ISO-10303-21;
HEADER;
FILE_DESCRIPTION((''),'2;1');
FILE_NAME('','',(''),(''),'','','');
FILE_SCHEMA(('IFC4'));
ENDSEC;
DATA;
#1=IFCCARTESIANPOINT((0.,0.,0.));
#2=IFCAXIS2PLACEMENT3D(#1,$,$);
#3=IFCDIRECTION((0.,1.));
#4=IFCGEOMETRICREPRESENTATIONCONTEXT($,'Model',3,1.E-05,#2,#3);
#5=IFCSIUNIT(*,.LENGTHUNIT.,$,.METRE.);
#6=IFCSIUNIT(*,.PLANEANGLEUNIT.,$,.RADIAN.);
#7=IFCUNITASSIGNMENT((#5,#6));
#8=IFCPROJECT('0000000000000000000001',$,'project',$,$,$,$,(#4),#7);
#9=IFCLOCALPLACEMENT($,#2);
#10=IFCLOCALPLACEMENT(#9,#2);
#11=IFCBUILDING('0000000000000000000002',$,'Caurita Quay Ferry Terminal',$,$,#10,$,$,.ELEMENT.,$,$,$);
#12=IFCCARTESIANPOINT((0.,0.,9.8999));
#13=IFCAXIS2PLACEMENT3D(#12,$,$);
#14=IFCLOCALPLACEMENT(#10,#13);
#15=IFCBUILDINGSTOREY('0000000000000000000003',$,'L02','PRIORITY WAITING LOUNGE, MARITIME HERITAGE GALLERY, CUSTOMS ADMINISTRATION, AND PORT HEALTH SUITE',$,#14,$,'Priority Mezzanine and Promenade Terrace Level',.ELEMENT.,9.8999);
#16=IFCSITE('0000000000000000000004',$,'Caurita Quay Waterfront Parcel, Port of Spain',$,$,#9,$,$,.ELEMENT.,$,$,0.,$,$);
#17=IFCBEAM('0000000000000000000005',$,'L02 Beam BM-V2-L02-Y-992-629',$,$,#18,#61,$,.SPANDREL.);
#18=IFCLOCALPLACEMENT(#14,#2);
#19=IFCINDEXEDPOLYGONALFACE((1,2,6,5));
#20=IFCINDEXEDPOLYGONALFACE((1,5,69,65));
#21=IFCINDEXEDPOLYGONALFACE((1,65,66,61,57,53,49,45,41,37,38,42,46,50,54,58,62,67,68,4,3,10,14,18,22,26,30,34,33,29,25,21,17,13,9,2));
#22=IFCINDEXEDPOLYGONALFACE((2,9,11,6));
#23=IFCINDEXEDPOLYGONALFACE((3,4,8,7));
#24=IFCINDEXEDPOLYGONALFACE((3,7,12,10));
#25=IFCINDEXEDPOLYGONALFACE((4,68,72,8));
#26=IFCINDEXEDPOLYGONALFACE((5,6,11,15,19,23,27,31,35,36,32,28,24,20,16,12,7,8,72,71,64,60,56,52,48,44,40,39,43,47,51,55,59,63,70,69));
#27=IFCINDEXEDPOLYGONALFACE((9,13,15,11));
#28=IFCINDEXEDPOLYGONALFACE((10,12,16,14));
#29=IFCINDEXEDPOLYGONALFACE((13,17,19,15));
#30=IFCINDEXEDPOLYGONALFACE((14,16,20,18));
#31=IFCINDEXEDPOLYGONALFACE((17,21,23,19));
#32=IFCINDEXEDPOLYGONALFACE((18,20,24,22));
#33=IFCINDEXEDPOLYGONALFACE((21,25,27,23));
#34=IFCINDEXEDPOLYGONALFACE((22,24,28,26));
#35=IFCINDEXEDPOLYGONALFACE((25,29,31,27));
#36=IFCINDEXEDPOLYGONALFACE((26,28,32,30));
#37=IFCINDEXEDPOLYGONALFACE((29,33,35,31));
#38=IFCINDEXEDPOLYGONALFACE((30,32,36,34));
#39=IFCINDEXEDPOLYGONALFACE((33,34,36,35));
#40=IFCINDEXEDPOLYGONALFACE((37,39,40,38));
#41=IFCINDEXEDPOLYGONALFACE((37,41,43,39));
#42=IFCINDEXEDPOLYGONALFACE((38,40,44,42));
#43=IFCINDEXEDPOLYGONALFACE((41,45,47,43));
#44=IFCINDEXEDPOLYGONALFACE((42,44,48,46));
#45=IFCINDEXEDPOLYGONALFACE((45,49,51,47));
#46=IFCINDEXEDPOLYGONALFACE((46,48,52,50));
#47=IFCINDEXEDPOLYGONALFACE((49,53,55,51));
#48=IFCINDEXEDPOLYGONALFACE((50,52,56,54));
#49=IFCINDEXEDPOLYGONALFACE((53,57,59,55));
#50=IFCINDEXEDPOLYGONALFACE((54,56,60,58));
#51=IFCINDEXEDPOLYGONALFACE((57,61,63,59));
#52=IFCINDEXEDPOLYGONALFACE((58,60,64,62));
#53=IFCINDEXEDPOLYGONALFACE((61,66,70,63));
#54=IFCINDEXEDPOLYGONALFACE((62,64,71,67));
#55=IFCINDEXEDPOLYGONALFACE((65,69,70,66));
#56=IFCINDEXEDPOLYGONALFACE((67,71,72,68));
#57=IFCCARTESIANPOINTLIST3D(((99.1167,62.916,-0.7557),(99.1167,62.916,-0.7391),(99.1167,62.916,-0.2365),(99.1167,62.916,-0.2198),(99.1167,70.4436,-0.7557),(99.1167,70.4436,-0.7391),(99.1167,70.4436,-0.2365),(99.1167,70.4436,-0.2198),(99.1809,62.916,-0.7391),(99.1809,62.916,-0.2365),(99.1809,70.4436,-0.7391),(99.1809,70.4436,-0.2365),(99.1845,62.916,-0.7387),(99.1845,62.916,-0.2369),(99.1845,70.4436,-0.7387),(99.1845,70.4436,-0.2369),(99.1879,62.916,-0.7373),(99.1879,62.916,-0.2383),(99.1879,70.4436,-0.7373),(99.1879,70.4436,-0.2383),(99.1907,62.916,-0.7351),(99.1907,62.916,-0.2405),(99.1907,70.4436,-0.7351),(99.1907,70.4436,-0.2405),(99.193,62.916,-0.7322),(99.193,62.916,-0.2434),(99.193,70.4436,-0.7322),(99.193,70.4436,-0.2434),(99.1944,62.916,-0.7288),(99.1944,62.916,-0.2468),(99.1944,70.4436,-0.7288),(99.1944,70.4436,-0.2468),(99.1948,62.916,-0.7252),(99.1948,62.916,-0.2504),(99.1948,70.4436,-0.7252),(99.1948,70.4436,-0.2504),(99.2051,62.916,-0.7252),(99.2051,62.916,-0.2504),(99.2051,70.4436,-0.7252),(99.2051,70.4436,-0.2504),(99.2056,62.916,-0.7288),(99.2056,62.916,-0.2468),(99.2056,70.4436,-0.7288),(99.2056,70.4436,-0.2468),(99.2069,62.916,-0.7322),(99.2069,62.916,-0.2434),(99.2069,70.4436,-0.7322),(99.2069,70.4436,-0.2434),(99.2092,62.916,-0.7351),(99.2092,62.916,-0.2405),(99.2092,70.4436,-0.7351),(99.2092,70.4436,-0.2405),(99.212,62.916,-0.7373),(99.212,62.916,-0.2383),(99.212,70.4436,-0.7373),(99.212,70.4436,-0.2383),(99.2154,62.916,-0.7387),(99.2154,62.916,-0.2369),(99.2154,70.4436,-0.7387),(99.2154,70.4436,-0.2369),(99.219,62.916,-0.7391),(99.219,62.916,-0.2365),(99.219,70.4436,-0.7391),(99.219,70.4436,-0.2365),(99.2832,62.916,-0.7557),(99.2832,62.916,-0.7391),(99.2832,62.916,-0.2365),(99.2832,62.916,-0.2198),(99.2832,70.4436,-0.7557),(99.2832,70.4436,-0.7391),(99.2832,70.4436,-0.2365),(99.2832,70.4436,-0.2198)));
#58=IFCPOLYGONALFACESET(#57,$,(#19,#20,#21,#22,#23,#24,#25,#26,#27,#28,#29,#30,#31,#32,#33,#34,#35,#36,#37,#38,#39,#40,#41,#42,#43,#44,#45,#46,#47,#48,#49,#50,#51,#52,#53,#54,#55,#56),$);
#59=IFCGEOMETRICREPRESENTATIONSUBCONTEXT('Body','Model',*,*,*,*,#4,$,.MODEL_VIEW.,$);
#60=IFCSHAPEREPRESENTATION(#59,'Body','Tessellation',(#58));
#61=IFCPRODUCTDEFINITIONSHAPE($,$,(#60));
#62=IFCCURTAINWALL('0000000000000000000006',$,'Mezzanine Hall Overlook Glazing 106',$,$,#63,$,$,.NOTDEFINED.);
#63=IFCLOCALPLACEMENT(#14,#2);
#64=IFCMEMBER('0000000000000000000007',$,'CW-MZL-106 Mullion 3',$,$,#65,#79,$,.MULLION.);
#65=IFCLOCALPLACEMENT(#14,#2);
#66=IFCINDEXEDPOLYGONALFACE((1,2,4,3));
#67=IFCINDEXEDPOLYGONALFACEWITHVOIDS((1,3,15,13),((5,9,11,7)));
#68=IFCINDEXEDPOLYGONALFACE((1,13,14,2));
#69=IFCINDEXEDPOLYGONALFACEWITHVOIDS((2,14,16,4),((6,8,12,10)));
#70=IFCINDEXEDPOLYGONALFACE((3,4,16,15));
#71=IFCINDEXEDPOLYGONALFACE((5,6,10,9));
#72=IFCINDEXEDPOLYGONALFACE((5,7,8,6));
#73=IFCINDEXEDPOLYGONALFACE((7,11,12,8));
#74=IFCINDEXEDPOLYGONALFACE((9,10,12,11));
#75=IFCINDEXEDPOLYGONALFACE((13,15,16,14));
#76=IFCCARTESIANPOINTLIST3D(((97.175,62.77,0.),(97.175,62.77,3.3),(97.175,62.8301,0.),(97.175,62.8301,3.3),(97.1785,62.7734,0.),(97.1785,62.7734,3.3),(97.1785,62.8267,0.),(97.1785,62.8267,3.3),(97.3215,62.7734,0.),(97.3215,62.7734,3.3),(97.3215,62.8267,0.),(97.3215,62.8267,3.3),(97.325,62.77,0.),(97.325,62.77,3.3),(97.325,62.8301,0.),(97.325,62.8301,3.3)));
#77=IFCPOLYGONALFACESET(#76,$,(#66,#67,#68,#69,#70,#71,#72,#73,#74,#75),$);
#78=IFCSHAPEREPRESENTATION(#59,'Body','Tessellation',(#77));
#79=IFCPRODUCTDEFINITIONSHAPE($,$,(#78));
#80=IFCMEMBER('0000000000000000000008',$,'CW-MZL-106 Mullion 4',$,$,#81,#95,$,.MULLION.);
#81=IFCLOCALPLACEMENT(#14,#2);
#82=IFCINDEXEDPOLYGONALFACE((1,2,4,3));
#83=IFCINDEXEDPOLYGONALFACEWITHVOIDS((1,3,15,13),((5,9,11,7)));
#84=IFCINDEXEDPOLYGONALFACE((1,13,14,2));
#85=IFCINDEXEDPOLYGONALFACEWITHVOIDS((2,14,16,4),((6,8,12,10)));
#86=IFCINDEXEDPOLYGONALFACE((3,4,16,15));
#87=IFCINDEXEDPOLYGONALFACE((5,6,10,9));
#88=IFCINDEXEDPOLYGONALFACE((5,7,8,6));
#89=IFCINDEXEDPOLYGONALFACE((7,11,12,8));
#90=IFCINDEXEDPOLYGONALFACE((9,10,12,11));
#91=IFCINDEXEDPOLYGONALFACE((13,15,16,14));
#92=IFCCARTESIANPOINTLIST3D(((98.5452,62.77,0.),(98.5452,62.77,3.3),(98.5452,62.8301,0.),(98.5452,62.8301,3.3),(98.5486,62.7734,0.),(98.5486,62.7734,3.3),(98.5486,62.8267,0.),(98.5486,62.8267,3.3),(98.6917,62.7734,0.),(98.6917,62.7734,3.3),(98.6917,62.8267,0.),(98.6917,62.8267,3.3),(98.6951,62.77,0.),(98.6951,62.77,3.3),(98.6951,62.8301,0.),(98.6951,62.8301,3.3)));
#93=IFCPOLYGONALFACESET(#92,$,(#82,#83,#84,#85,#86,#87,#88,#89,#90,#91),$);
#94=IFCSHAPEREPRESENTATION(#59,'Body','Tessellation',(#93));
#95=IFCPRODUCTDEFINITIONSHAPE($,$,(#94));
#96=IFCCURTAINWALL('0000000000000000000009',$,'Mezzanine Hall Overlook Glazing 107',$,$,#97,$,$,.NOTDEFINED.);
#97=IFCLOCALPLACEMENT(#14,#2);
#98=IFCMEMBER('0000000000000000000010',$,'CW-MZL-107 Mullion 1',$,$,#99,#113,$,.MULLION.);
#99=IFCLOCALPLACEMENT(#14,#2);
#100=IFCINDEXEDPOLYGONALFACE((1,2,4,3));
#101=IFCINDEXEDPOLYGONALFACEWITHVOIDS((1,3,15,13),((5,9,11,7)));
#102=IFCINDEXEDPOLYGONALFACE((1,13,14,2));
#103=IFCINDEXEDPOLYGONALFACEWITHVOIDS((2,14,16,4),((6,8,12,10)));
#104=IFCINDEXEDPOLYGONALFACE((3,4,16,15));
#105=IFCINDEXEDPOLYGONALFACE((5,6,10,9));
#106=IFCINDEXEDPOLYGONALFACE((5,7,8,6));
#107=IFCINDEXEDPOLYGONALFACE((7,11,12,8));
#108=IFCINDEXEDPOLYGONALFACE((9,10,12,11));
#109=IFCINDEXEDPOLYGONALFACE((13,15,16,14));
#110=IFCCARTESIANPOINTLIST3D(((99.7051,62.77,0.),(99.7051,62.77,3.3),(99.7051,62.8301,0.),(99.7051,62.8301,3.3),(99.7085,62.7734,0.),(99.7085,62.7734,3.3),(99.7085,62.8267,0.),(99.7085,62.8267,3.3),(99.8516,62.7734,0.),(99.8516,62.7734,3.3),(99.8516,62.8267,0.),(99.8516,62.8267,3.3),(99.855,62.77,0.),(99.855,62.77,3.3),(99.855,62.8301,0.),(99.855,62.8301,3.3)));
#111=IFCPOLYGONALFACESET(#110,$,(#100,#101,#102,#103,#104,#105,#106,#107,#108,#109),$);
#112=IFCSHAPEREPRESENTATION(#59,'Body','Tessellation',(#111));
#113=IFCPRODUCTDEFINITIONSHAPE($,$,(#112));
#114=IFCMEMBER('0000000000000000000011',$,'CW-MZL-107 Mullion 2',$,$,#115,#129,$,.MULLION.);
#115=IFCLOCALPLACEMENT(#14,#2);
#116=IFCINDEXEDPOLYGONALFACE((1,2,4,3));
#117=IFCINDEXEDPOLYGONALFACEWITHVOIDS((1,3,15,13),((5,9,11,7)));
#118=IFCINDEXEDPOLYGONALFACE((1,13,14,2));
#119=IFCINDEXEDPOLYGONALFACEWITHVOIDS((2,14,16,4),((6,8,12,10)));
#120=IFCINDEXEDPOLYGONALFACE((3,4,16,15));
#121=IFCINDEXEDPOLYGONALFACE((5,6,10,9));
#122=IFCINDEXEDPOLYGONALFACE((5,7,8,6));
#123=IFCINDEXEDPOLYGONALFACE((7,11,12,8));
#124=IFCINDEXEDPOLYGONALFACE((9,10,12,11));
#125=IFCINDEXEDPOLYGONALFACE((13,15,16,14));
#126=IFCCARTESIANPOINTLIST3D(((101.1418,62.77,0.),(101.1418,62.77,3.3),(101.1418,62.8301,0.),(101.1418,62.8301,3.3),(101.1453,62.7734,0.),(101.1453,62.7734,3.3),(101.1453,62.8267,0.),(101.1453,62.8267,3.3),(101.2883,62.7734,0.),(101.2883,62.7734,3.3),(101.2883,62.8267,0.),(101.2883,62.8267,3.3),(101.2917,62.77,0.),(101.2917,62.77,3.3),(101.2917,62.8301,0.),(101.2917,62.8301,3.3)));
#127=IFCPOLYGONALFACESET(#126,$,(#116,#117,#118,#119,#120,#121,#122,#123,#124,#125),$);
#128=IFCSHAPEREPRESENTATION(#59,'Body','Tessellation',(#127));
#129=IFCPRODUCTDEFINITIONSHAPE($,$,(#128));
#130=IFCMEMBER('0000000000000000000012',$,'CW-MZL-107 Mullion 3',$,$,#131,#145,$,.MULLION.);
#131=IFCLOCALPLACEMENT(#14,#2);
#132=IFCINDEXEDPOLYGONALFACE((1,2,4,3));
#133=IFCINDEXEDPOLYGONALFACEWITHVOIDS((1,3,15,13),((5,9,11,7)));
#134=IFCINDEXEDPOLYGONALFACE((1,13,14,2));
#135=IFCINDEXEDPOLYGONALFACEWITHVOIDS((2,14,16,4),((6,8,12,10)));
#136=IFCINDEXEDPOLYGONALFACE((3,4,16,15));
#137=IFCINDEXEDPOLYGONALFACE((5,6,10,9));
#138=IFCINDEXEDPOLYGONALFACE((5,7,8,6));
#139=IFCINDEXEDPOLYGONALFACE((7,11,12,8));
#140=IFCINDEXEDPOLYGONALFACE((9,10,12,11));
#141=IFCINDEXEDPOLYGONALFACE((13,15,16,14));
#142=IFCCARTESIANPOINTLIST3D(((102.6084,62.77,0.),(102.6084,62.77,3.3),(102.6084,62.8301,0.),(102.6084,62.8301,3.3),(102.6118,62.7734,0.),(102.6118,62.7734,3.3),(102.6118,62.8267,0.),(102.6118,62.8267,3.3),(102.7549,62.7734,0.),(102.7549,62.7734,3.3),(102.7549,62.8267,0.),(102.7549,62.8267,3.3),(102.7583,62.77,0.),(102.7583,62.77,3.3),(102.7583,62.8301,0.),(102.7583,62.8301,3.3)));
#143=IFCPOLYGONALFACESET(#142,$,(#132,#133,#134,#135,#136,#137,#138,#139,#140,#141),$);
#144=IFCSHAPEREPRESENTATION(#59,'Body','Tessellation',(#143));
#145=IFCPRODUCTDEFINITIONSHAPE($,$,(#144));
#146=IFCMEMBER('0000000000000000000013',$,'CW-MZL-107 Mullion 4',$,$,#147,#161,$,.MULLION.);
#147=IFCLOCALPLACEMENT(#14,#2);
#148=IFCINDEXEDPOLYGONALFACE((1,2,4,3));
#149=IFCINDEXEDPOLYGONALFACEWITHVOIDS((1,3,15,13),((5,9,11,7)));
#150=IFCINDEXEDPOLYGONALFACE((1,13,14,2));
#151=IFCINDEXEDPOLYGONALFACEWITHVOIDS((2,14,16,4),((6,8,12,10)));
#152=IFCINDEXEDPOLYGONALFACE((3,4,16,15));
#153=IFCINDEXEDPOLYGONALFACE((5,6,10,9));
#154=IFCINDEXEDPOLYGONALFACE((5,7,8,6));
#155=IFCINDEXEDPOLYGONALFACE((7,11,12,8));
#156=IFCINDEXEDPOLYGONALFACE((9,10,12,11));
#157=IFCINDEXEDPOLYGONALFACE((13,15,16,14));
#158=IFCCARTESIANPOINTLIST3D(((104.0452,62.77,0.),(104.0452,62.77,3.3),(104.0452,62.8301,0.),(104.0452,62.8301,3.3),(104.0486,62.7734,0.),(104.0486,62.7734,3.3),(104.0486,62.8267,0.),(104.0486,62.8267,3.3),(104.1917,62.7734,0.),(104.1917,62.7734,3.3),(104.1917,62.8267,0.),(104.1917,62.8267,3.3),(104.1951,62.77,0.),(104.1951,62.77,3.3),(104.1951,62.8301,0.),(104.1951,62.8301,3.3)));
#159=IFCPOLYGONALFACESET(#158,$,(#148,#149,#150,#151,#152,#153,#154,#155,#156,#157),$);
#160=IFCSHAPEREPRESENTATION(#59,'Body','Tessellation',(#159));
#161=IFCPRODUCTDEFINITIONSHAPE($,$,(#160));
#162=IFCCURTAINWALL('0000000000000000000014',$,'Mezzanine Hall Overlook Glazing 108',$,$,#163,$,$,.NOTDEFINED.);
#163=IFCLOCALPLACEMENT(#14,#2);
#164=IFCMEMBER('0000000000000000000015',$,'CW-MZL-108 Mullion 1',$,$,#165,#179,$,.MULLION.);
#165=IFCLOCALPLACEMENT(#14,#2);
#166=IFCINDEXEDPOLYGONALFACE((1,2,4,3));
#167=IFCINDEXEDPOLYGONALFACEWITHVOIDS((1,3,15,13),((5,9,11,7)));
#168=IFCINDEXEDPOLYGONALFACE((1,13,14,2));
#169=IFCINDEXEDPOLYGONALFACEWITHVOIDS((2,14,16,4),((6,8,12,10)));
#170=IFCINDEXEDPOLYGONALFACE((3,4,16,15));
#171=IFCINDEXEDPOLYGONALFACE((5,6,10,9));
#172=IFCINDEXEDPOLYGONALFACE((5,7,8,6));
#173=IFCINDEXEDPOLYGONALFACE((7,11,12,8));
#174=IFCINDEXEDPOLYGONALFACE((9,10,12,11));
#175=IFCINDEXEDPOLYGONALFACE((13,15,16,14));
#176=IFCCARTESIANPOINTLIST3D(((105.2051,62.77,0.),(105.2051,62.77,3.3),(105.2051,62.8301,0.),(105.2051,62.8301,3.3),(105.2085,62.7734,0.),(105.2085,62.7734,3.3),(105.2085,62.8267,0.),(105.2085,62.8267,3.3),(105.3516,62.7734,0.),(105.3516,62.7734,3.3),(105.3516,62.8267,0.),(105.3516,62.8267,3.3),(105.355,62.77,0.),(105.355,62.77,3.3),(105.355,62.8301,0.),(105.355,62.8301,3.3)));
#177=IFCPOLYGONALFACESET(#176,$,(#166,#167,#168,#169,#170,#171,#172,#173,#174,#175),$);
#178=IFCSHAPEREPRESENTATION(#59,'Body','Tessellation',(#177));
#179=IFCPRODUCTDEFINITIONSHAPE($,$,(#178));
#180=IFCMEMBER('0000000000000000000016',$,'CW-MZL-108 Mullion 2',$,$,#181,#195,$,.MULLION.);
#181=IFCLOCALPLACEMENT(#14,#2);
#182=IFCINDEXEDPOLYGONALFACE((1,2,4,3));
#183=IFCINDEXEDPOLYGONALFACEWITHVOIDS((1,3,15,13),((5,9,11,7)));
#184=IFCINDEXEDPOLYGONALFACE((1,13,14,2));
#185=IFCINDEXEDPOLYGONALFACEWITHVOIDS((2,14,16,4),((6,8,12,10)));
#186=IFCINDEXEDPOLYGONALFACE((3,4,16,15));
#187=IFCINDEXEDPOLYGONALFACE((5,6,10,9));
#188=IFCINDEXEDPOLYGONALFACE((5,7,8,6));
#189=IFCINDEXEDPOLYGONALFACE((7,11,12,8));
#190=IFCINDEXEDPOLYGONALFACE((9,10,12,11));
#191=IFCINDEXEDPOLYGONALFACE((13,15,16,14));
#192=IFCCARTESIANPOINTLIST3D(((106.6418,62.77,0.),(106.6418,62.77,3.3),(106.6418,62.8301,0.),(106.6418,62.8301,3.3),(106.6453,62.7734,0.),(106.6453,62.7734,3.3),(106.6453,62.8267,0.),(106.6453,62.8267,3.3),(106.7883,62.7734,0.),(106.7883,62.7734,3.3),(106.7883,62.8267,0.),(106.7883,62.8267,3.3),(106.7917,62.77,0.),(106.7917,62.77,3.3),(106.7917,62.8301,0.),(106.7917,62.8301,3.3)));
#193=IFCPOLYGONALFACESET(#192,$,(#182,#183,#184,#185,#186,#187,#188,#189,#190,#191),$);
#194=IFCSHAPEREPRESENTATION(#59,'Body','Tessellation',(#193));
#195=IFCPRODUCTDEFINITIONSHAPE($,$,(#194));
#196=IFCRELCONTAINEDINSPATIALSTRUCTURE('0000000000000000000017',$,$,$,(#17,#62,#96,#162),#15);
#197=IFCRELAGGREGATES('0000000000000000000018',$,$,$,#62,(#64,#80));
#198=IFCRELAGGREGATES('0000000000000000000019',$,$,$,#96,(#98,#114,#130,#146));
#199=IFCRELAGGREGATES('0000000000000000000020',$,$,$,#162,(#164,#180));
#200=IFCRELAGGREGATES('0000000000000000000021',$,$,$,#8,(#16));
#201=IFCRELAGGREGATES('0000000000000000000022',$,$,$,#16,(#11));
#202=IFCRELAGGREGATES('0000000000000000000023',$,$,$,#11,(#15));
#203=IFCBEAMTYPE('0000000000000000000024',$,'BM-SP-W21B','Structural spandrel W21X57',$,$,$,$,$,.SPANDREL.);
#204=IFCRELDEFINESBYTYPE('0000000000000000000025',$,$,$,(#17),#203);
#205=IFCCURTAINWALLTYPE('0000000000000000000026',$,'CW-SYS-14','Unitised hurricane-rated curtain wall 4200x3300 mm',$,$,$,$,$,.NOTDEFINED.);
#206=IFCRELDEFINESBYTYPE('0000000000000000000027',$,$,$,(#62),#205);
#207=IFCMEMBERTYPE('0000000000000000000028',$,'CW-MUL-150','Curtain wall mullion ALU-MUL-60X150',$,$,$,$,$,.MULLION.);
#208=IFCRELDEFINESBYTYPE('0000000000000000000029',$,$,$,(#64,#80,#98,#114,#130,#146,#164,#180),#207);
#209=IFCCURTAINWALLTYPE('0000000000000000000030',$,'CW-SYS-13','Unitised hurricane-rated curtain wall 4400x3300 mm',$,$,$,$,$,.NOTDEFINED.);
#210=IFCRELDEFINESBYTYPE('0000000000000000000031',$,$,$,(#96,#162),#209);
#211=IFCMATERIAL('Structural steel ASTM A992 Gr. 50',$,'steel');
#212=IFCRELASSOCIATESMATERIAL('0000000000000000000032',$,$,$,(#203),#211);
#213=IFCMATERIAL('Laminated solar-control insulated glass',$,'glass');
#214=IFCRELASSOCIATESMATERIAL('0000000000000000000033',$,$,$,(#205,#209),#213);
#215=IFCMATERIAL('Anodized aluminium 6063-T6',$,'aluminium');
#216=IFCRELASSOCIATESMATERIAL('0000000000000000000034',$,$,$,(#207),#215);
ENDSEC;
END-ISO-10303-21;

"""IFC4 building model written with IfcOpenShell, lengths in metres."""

from ifc_helpers import new_model, si_unit, direction, frame, origin, origin_2d, place, context, subcontext, project, spatial, hollow_rectangle, i_section, extrude, material, material_profile, profile_set, type_object, element, aggregate, save


model = new_model("IFC4")

# Units and contexts
model_context = context("Model", 3, precision=1e-05, world=origin(), true_north=direction((0.0, 1.0)))
body_context = subcontext(model_context, "Body", "Model", "MODEL_VIEW")
ifc_project = project(units=[si_unit("LENGTHUNIT", "METRE"), si_unit("PLANEANGLEUNIT", "RADIAN")], contexts=[model_context])

# Site, building, storey
site_placement = place(None, origin())
site = spatial("IfcSite", under=ifc_project, at=site_placement, Name="Caurita Quay Waterfront Parcel, Port of Spain", CompositionType="ELEMENT", RefElevation=0.0)
building_placement = place(site_placement, origin())
building = spatial("IfcBuilding", under=site, at=building_placement, Name="Caurita Quay Ferry Terminal", CompositionType="ELEMENT")
storey_placement = place(building_placement, frame((0.0, 0.0, 9.8999)))
storey = spatial("IfcBuildingStorey", under=building, at=storey_placement, Name="L02", Description="PRIORITY WAITING LOUNGE, MARITIME HERITAGE GALLERY, CUSTOMS ADMINISTRATION, AND PORT HEALTH SUITE", LongName="Priority Mezzanine and Promenade Terrace Level", CompositionType="ELEMENT", Elevation=9.8999)

# Beam
ifc_material_1 = material(Name="Structural steel ASTM A992 Gr. 50", Category="steel")
ifc_material_profile_1 = material_profile(ifc_material_1, i_section(OverallWidth=0.1665, OverallDepth=0.5359, WebThickness=0.0103, FlangeThickness=0.0166, FilletRadius=0.0139, at=origin_2d()), Name="W21X57")
ifc_profile_set_1 = profile_set([ifc_material_profile_1], Name="Structural steel ASTM A992 Gr. 50")
beam_type = type_object("IfcBeamType", Name="BM-SP-W21B", Description="Structural spandrel W21X57", PredefinedType="SPANDREL", material=ifc_profile_set_1)
beam_placement = place(storey_placement, frame((99.2, 62.916, -0.4878), z_axis=(0.0, 1.0, 0.0), x_axis=(-1.0, 0.0, 0.0)))
element("IfcBeam", 1, at=beam_placement, inside=storey, type_object=beam_type, Name="L02 Beam BM-V2-L02-Y-992-629", PredefinedType="SPANDREL", context=body_context, shape_type="SweptSolid", body=[
    extrude(i_section(OverallWidth=0.1665, OverallDepth=0.5359, WebThickness=0.0103, FlangeThickness=0.0166, FilletRadius=0.0139, at=origin_2d()), origin(), (0.0, 0.0, 1.0), 7.5276),
])

# Curtain walls, members
ifc_material_2 = material(Name="Laminated solar-control insulated glass", Category="glass")
curtain_wall_type_1 = type_object("IfcCurtainWallType", Name="CW-SYS-14", Description="Unitised hurricane-rated curtain wall 4200x3300 mm", PredefinedType="NOTDEFINED", material=ifc_material_2)
curtain_wall_1_placement = place(storey_placement, origin())
curtain_wall_1 = element("IfcCurtainWall", 2, at=curtain_wall_1_placement, inside=storey, type_object=curtain_wall_type_1, Name="Mezzanine Hall Overlook Glazing 106", PredefinedType="NOTDEFINED")
ifc_material_3 = material(Name="Anodized aluminium 6063-T6", Category="aluminium")
ifc_material_profile_2 = material_profile(ifc_material_3, hollow_rectangle(XDim=0.0601, YDim=0.1499, WallThickness=0.0034, at=origin_2d()), Name="ALU-MUL-60X150")
ifc_profile_set_2 = profile_set([ifc_material_profile_2], Name="Anodized aluminium 6063-T6")
member_type_1 = type_object("IfcMemberType", Name="CW-MUL-150", Description="Curtain wall mullion ALU-MUL-60X150", PredefinedType="MULLION", material=ifc_profile_set_2)
member_1_placement = place(storey_placement, frame((97.25, 62.8, 0.0), z_axis=(0.0, 0.0, 1.0), x_axis=(0.0, 1.0, 0.0)))
member_1 = element("IfcMember", 3, at=member_1_placement, type_object=member_type_1, Name="CW-MZL-106 Mullion 3", PredefinedType="MULLION", context=body_context, shape_type="SweptSolid", body=[
    extrude(hollow_rectangle(XDim=0.0601, YDim=0.1499, WallThickness=0.0034, at=origin_2d()), origin(), (0.0, 0.0, 1.0), 3.3),
])
member_2_placement = place(storey_placement, frame((98.6201, 62.8, 0.0), z_axis=(0.0, 0.0, 1.0), x_axis=(0.0, 1.0, 0.0)))
member_2 = element("IfcMember", 4, at=member_2_placement, type_object=member_type_1, Name="CW-MZL-106 Mullion 4", PredefinedType="MULLION", context=body_context, shape_type="SweptSolid", body=[
    extrude(hollow_rectangle(XDim=0.0601, YDim=0.1499, WallThickness=0.0034, at=origin_2d()), origin(), (0.0, 0.0, 1.0), 3.3),
])
curtain_wall_type_2 = type_object("IfcCurtainWallType", Name="CW-SYS-13", Description="Unitised hurricane-rated curtain wall 4400x3300 mm", PredefinedType="NOTDEFINED", material=ifc_material_2)
curtain_wall_2_placement = place(storey_placement, origin())
curtain_wall_2 = element("IfcCurtainWall", 5, at=curtain_wall_2_placement, inside=storey, type_object=curtain_wall_type_2, Name="Mezzanine Hall Overlook Glazing 107", PredefinedType="NOTDEFINED")
member_3_placement = place(storey_placement, frame((99.78, 62.8, 0.0), z_axis=(0.0, 0.0, 1.0), x_axis=(0.0, 1.0, 0.0)))
member_3 = element("IfcMember", 6, at=member_3_placement, type_object=member_type_1, Name="CW-MZL-107 Mullion 1", PredefinedType="MULLION", context=body_context, shape_type="SweptSolid", body=[
    extrude(hollow_rectangle(XDim=0.0601, YDim=0.1499, WallThickness=0.0034, at=origin_2d()), origin(), (0.0, 0.0, 1.0), 3.3),
])
member_4_placement = place(storey_placement, frame((101.2168, 62.8, 0.0), z_axis=(0.0, 0.0, 1.0), x_axis=(0.0, 1.0, 0.0)))
member_4 = element("IfcMember", 7, at=member_4_placement, type_object=member_type_1, Name="CW-MZL-107 Mullion 2", PredefinedType="MULLION", context=body_context, shape_type="SweptSolid", body=[
    extrude(hollow_rectangle(XDim=0.0601, YDim=0.1499, WallThickness=0.0034, at=origin_2d()), origin(), (0.0, 0.0, 1.0), 3.3),
])
member_5_placement = place(storey_placement, frame((102.6833, 62.8, 0.0), z_axis=(0.0, 0.0, 1.0), x_axis=(0.0, 1.0, 0.0)))
member_5 = element("IfcMember", 8, at=member_5_placement, type_object=member_type_1, Name="CW-MZL-107 Mullion 3", PredefinedType="MULLION", context=body_context, shape_type="SweptSolid", body=[
    extrude(hollow_rectangle(XDim=0.0601, YDim=0.1499, WallThickness=0.0034, at=origin_2d()), origin(), (0.0, 0.0, 1.0), 3.3),
])
member_6_placement = place(storey_placement, frame((104.1201, 62.8, 0.0), z_axis=(0.0, 0.0, 1.0), x_axis=(0.0, 1.0, 0.0)))
member_6 = element("IfcMember", 9, at=member_6_placement, type_object=member_type_1, Name="CW-MZL-107 Mullion 4", PredefinedType="MULLION", context=body_context, shape_type="SweptSolid", body=[
    extrude(hollow_rectangle(XDim=0.0601, YDim=0.1499, WallThickness=0.0034, at=origin_2d()), origin(), (0.0, 0.0, 1.0), 3.3),
])
curtain_wall_3_placement = place(storey_placement, origin())
curtain_wall_3 = element("IfcCurtainWall", 10, at=curtain_wall_3_placement, inside=storey, type_object=curtain_wall_type_2, Name="Mezzanine Hall Overlook Glazing 108", PredefinedType="NOTDEFINED")
member_7_placement = place(storey_placement, frame((105.28, 62.8, 0.0), z_axis=(0.0, 0.0, 1.0), x_axis=(0.0, 1.0, 0.0)))
member_7 = element("IfcMember", 11, at=member_7_placement, type_object=member_type_1, Name="CW-MZL-108 Mullion 1", PredefinedType="MULLION", context=body_context, shape_type="SweptSolid", body=[
    extrude(hollow_rectangle(XDim=0.0601, YDim=0.1499, WallThickness=0.0034, at=origin_2d()), origin(), (0.0, 0.0, 1.0), 3.3),
])
member_8_placement = place(storey_placement, frame((106.7168, 62.8, 0.0), z_axis=(0.0, 0.0, 1.0), x_axis=(0.0, 1.0, 0.0)))
member_8 = element("IfcMember", 12, at=member_8_placement, type_object=member_type_1, Name="CW-MZL-108 Mullion 2", PredefinedType="MULLION", context=body_context, shape_type="SweptSolid", body=[
    extrude(hollow_rectangle(XDim=0.0601, YDim=0.1499, WallThickness=0.0034, at=origin_2d()), origin(), (0.0, 0.0, 1.0), 3.3),
])

aggregate(curtain_wall_1, [member_1, member_2])
aggregate(curtain_wall_2, [member_3, member_4, member_5, member_6])
aggregate(curtain_wall_3, [member_7, member_8])

save(model, "model.ifc")
